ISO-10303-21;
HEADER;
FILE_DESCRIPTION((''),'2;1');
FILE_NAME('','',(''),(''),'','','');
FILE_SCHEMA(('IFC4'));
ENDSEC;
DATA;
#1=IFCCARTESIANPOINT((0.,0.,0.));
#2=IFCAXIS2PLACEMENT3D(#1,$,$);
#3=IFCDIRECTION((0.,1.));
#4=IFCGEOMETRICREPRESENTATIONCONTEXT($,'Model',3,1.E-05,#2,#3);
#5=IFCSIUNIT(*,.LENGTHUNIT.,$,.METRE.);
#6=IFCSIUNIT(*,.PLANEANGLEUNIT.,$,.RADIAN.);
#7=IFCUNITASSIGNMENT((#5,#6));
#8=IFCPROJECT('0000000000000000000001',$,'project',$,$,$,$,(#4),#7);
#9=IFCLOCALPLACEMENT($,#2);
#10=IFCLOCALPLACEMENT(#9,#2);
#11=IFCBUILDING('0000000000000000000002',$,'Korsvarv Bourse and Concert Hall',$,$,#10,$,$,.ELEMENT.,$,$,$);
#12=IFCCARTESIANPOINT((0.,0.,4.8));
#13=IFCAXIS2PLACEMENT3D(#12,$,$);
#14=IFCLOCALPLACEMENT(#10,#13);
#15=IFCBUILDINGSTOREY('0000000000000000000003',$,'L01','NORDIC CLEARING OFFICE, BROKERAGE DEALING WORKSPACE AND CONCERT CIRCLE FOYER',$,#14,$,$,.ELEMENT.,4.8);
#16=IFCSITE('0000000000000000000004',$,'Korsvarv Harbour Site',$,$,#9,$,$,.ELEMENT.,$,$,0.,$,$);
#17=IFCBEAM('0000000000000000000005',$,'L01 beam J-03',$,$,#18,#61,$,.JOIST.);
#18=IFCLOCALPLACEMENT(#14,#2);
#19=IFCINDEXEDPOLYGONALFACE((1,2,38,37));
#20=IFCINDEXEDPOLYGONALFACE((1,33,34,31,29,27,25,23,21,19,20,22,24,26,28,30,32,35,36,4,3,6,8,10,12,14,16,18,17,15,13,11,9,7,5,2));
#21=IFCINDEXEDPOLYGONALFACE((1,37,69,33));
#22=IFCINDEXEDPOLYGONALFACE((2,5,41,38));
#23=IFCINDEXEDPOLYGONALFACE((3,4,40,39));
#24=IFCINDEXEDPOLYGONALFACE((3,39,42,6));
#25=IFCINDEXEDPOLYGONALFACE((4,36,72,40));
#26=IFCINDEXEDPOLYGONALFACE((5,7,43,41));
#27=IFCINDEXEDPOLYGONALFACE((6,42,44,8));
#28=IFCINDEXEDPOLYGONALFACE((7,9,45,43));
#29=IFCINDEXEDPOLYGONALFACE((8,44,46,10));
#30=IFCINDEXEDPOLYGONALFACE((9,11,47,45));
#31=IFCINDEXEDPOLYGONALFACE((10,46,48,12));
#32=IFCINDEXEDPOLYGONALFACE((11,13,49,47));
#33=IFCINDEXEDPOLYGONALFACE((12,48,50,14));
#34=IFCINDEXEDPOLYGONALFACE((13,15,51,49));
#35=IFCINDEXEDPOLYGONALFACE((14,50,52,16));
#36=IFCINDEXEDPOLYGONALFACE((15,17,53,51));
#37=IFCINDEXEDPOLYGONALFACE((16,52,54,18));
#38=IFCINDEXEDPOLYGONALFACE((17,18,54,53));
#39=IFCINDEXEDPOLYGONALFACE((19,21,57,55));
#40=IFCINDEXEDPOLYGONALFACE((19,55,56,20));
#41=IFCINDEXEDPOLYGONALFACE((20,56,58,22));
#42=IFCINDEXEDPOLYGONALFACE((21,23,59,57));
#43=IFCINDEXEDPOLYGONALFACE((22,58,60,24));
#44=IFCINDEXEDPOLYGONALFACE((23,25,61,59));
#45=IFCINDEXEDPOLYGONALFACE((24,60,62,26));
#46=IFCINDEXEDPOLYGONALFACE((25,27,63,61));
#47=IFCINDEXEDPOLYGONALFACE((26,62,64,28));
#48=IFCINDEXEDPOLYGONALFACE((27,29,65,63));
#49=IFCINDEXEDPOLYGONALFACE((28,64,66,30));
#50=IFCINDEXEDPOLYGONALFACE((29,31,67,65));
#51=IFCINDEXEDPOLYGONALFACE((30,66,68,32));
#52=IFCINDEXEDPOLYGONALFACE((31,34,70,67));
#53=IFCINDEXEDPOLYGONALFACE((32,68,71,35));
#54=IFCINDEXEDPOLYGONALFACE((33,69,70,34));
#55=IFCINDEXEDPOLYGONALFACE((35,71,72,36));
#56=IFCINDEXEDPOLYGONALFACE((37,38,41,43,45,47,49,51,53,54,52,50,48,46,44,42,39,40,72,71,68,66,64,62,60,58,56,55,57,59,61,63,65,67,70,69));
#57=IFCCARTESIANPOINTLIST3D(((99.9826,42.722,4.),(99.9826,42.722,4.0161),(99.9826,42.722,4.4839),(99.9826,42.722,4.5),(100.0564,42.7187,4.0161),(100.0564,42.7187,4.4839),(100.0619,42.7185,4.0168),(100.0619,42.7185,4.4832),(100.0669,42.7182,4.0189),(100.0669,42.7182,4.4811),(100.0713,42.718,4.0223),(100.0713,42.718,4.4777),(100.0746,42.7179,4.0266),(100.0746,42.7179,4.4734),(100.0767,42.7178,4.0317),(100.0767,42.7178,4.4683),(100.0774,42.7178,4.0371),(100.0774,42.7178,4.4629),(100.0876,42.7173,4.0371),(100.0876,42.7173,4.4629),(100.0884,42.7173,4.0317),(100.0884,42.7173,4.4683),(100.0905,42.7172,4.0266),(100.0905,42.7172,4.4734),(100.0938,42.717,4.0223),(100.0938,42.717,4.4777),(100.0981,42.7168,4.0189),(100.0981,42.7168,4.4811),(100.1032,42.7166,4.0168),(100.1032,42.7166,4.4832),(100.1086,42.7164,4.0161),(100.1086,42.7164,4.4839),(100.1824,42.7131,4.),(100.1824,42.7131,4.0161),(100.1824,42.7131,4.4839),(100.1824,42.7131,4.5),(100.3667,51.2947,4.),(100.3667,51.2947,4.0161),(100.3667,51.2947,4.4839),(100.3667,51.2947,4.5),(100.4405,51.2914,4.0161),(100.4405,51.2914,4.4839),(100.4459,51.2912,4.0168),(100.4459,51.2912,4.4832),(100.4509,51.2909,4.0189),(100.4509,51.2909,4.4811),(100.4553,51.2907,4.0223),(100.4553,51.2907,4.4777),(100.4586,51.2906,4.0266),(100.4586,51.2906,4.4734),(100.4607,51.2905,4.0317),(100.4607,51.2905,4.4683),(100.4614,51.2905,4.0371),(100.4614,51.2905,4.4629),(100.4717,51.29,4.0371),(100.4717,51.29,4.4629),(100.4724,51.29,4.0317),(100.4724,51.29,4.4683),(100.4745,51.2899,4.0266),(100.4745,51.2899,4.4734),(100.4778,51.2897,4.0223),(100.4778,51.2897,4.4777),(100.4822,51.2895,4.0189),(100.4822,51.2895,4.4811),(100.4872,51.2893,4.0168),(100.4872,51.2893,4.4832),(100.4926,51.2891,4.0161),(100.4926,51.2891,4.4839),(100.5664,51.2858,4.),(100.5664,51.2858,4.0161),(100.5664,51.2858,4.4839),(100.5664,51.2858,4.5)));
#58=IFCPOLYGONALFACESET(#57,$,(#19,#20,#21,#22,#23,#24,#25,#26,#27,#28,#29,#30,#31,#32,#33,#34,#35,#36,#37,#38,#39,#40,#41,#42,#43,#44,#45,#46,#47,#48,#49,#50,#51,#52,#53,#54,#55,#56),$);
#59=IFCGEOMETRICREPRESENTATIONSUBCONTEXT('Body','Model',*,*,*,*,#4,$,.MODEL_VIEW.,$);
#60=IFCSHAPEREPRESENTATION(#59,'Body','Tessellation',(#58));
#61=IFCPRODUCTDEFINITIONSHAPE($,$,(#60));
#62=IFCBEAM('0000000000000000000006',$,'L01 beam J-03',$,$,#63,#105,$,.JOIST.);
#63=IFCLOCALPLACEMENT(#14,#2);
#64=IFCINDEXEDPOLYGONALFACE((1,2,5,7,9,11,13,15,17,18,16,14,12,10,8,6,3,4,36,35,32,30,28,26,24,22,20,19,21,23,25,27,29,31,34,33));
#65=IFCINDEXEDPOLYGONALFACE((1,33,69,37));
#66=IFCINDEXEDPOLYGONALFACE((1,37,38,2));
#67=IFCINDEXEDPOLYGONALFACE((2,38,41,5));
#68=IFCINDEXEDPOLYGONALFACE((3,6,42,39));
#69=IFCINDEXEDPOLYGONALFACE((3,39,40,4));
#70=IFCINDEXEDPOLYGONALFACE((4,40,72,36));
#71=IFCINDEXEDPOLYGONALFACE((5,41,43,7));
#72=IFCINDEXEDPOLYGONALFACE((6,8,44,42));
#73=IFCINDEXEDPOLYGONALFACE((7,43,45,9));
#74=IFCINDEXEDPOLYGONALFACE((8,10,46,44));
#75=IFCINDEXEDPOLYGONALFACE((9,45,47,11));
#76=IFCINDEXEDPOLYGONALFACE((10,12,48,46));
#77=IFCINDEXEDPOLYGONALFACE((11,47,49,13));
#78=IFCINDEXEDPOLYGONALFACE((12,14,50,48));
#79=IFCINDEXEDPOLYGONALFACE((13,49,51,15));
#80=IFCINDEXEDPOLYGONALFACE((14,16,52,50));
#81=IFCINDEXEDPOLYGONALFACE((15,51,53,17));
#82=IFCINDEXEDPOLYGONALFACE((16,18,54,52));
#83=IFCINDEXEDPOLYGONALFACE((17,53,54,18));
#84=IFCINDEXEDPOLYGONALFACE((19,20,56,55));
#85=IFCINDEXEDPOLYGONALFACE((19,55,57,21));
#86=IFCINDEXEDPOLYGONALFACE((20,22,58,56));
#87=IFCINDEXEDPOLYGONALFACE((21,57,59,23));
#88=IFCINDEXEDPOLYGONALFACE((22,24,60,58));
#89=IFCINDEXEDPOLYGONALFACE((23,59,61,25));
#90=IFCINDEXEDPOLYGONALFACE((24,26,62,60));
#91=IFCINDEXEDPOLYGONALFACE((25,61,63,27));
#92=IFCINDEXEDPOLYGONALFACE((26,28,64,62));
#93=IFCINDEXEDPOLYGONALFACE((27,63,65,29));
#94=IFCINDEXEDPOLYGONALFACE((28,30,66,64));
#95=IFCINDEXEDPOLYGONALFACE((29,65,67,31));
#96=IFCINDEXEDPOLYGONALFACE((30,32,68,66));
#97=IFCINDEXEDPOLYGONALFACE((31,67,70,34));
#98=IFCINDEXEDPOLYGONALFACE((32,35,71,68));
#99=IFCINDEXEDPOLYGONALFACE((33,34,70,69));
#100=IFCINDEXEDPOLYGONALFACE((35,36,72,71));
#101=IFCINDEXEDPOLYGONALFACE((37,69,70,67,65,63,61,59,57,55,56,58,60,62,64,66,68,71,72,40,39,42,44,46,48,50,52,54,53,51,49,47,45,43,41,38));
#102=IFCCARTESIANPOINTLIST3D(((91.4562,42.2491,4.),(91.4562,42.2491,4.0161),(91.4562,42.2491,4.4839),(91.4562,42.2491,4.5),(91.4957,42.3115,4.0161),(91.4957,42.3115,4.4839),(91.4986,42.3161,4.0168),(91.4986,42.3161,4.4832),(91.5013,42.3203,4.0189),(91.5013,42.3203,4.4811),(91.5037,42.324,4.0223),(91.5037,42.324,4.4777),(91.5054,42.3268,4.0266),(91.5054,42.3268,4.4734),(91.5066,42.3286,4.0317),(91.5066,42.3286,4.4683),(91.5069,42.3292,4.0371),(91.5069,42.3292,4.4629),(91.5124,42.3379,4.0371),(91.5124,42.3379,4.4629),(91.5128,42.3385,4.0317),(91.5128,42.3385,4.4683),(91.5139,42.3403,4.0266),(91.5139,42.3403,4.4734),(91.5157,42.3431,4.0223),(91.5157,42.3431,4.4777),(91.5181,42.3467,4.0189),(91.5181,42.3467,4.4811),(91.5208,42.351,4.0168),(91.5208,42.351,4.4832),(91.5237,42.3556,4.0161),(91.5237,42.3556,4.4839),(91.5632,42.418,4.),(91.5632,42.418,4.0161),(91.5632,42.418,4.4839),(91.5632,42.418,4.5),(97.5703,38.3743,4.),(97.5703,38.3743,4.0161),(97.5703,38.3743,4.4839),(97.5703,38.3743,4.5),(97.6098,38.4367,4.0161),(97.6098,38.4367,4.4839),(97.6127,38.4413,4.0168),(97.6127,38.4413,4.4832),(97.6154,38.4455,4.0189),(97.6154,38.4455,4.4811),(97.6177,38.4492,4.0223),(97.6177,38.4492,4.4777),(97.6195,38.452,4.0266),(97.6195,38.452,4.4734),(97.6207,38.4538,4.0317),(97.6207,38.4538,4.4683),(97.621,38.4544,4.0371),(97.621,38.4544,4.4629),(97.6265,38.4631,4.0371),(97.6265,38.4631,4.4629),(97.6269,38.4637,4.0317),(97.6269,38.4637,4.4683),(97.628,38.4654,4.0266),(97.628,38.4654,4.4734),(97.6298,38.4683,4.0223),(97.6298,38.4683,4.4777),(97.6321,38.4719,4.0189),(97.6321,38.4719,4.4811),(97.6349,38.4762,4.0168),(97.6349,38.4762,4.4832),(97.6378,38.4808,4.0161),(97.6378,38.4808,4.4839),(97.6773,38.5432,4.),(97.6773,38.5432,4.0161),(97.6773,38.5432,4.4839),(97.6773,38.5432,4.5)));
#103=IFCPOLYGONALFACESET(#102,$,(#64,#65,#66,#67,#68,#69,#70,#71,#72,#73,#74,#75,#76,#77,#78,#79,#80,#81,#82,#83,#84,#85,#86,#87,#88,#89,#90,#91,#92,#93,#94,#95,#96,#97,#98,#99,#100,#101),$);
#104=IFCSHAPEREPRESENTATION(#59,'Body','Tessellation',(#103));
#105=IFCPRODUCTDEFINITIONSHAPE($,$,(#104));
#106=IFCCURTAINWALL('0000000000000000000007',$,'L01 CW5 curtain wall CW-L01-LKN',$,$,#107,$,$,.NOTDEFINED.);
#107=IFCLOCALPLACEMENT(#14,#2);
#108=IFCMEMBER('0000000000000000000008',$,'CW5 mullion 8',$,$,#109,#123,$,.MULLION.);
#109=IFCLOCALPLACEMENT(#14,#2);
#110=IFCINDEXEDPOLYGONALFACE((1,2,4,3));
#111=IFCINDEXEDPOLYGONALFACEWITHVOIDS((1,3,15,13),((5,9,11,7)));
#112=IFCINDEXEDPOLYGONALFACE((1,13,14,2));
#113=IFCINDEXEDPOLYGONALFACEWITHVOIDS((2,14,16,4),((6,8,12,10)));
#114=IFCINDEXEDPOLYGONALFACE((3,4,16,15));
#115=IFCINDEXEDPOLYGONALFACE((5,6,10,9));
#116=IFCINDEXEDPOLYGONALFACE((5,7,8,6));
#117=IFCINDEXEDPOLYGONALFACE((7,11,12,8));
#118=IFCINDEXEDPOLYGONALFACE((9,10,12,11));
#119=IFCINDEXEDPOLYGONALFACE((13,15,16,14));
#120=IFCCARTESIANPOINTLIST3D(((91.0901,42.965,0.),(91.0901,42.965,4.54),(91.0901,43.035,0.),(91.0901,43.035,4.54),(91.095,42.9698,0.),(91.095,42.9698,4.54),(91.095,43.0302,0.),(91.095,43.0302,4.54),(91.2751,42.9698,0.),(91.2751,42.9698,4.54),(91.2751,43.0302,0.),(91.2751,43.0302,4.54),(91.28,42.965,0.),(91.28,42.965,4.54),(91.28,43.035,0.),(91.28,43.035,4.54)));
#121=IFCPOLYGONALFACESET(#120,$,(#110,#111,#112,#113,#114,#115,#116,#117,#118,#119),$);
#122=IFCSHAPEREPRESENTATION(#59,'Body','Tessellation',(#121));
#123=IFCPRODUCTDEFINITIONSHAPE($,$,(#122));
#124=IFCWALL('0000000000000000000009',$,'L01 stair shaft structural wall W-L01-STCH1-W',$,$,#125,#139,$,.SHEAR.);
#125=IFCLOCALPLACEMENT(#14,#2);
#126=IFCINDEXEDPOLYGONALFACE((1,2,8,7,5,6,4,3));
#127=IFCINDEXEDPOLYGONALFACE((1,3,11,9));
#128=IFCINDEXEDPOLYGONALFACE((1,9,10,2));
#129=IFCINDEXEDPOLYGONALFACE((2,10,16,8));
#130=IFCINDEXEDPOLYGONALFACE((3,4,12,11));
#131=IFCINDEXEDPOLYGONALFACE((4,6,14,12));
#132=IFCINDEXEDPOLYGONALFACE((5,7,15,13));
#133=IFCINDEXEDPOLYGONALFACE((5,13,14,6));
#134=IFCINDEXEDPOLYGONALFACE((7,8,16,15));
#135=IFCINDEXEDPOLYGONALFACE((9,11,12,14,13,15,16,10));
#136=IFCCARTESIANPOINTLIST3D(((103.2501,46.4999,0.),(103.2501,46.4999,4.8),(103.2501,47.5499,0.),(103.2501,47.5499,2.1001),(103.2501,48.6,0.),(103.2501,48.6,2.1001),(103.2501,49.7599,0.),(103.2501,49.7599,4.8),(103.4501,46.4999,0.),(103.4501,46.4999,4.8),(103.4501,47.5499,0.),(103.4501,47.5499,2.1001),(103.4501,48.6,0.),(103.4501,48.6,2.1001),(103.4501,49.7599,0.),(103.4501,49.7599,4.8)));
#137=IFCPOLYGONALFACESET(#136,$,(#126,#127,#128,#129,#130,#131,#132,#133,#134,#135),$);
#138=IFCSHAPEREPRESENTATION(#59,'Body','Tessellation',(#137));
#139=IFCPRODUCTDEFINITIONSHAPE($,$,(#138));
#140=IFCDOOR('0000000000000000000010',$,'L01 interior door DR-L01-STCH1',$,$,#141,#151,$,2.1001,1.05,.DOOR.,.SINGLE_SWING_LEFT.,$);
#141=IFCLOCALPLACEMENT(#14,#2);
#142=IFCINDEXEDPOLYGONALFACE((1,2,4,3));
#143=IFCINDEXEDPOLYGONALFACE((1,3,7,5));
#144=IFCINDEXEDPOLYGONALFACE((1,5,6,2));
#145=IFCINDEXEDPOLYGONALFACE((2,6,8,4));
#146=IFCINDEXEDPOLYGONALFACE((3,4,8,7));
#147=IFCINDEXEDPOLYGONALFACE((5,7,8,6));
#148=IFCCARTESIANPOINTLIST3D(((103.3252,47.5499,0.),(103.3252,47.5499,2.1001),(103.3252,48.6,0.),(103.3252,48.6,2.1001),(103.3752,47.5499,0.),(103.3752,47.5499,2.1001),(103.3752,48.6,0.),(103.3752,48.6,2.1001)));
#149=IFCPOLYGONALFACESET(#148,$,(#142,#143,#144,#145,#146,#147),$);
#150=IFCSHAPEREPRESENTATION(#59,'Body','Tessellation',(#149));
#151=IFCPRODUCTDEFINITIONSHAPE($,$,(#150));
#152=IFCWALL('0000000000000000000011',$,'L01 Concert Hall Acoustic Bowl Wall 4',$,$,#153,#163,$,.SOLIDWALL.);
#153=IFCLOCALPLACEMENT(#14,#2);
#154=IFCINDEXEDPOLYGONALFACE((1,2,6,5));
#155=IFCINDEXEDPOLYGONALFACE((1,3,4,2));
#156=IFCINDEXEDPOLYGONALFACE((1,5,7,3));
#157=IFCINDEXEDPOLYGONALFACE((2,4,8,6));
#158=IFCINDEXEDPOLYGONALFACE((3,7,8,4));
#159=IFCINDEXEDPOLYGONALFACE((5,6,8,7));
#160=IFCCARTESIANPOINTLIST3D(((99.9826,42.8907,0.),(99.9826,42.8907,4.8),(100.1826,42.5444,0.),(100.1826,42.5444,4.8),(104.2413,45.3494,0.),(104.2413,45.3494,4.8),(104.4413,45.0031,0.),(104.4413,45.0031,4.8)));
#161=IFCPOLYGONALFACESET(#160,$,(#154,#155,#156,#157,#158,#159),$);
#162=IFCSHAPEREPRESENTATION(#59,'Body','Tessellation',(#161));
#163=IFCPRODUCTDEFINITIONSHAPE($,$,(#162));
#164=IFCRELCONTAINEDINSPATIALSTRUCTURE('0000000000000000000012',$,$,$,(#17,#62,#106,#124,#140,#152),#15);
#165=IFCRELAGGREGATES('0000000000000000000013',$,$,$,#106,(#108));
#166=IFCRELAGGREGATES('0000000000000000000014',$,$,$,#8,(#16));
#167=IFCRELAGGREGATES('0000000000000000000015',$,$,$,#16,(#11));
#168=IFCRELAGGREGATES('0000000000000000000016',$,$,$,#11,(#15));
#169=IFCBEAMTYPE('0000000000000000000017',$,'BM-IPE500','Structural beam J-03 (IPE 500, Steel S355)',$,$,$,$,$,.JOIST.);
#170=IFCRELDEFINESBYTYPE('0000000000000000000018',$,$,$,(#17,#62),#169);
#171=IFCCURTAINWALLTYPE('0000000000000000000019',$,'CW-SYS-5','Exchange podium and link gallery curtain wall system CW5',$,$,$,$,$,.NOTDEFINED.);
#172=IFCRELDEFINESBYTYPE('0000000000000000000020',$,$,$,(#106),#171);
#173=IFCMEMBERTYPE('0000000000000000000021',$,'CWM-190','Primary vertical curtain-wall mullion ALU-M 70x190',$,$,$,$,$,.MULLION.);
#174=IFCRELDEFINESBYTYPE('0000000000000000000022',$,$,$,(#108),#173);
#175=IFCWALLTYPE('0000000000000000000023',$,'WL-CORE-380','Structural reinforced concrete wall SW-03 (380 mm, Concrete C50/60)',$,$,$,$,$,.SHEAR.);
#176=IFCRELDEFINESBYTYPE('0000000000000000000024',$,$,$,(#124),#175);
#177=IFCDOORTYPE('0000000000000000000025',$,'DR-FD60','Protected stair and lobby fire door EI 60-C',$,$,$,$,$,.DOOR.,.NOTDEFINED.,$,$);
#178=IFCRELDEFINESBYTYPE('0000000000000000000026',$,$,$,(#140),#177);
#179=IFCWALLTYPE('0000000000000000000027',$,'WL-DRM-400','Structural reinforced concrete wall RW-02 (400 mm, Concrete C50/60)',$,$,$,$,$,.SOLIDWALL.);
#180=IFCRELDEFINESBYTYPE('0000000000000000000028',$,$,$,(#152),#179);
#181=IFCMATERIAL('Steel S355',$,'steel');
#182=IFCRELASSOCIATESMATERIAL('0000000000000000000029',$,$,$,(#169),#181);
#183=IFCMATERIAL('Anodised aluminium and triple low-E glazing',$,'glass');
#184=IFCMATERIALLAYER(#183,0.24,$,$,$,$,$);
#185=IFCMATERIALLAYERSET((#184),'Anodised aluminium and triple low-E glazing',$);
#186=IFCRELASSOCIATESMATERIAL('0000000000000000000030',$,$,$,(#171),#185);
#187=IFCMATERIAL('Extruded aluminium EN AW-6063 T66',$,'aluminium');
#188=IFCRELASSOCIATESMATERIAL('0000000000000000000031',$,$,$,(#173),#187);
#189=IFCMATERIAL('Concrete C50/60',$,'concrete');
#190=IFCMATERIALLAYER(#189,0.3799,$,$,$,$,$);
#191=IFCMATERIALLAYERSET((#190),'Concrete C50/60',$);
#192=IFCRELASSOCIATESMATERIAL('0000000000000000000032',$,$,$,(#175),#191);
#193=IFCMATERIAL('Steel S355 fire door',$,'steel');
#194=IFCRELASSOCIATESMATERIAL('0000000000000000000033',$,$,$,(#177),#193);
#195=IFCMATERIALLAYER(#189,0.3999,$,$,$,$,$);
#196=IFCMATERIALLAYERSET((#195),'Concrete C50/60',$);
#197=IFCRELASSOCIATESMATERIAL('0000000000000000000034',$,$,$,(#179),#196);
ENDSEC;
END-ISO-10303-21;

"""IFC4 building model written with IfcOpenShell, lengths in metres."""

from ifc_helpers import new_model, si_unit, direction, frame, frame_2d, origin, origin_2d, place, context, subcontext, project, spatial, rectangle, hollow_rectangle, i_section, extrude, source, transform, mapped, material, layer, layer_set, material_profile, profile_set, type_object, element, fill, aggregate, save


model = new_model("IFC4")

# Units and contexts
model_context = context("Model", 3, precision=1e-05, world=origin(), true_north=direction((0.0, 1.0)))
body_context = subcontext(model_context, "Body", "Model", "MODEL_VIEW")
ifc_project = project(units=[si_unit("LENGTHUNIT", "METRE"), si_unit("PLANEANGLEUNIT", "RADIAN")], contexts=[model_context])

# Site, building, storey
site_placement = place(None, origin())
site = spatial("IfcSite", under=ifc_project, at=site_placement, Name="Korsvarv Harbour Site", CompositionType="ELEMENT", RefElevation=0.0)
building_placement = place(site_placement, origin())
building = spatial("IfcBuilding", under=site, at=building_placement, Name="Korsvarv Bourse and Concert Hall", CompositionType="ELEMENT")
storey_placement = place(building_placement, frame((0.0, 0.0, 4.8)))
storey = spatial("IfcBuildingStorey", under=building, at=storey_placement, Name="L01", Description="NORDIC CLEARING OFFICE, BROKERAGE DEALING WORKSPACE AND CONCERT CIRCLE FOYER", CompositionType="ELEMENT", Elevation=4.8)

# Shared definitions
ifc_material_1 = material(Name="Concrete C50/60", Category="concrete")

# Beams
ifc_material_2 = material(Name="Steel S355", Category="steel")
ifc_material_profile_1 = material_profile(ifc_material_2, i_section(OverallWidth=0.2, OverallDepth=0.5, WebThickness=0.0103, FlangeThickness=0.0161, FilletRadius=0.021, at=origin_2d()), Name="IPE 500")
ifc_profile_set_1 = profile_set([ifc_material_profile_1], Name="Steel S355")
beam_type_1 = type_object("IfcBeamType", Name="BM-IPE500", Description="Structural beam J-03 (IPE 500, Steel S355)", PredefinedType="JOIST", material=ifc_profile_set_1)
shared_shape_1 = source(origin(), body_context, "Body", "SweptSolid", [
    extrude(i_section(OverallWidth=0.2, OverallDepth=0.5, WebThickness=0.0103, FlangeThickness=0.0161, FilletRadius=0.021, at=origin_2d()), origin(), (0.0, 0.0, 1.0), 8.5813),
])
beam_1_placement = place(storey_placement, frame((100.0825, 42.7175, 4.25), z_axis=(0.044752, 0.998998, 0.0), x_axis=(-0.998998, 0.044752, 0.0)))
element("IfcBeam", 1, at=beam_1_placement, inside=storey, type_object=beam_type_1, Name="L01 beam J-03", PredefinedType="JOIST", context=body_context, shape_type="MappedRepresentation", body=[
    mapped(shared_shape_1, transform((0.0, 0.0, 0.0), scale=1.0)),
])
shared_shape_2 = source(origin(), body_context, "Body", "SweptSolid", [
    extrude(i_section(OverallWidth=0.2, OverallDepth=0.5, WebThickness=0.0103, FlangeThickness=0.0161, FilletRadius=0.021, at=origin_2d()), origin(), (0.0, 0.0, 1.0), 7.2385),
])
beam_2_placement = place(storey_placement, frame((97.6238, 38.4587, 4.25), z_axis=(-0.84466, 0.535303, 0.0), x_axis=(-0.535303, -0.84466, 0.0)))
element("IfcBeam", 2, at=beam_2_placement, inside=storey, type_object=beam_type_1, Name="L01 beam J-03", PredefinedType="JOIST", context=body_context, shape_type="MappedRepresentation", body=[
    mapped(shared_shape_2, transform((0.0, 0.0, 0.0), scale=1.0)),
])

# Curtain wall, member
ifc_material_3 = material(Name="Anodised aluminium and triple low-E glazing", Category="glass")
ifc_layer_1 = layer(ifc_material_3, 0.24)
ifc_layer_set_1 = layer_set([ifc_layer_1], Name="Anodised aluminium and triple low-E glazing")
curtain_wall_type = type_object("IfcCurtainWallType", Name="CW-SYS-5", Description="Exchange podium and link gallery curtain wall system CW5", PredefinedType="NOTDEFINED", material=ifc_layer_set_1)
curtain_wall_placement = place(storey_placement, origin())
curtain_wall = element("IfcCurtainWall", 3, at=curtain_wall_placement, inside=storey, type_object=curtain_wall_type, Name="L01 CW5 curtain wall CW-L01-LKN", PredefinedType="NOTDEFINED")
ifc_material_4 = material(Name="Extruded aluminium EN AW-6063 T66", Category="aluminium")
ifc_material_profile_2 = material_profile(ifc_material_4, hollow_rectangle(XDim=0.0701, YDim=0.1899, WallThickness=0.0049, at=origin_2d()), Name="ALU-M 70x190")
ifc_profile_set_2 = profile_set([ifc_material_profile_2], Name="Extruded aluminium EN AW-6063 T66")
member_type = type_object("IfcMemberType", Name="CWM-190", Description="Primary vertical curtain-wall mullion ALU-M 70x190", PredefinedType="MULLION", material=ifc_profile_set_2)
shared_shape_3 = source(origin(), body_context, "Body", "SweptSolid", [
    extrude(hollow_rectangle(XDim=0.0701, YDim=0.1899, WallThickness=0.0049, at=origin_2d()), origin(), (0.0, 0.0, 1.0), 4.54),
])
member_placement = place(storey_placement, frame((91.1851, 43.0, 0.0), z_axis=(0.0, 0.0, 1.0), x_axis=(0.0, 1.0, 0.0)))
member = element("IfcMember", 4, at=member_placement, type_object=member_type, Name="CW5 mullion 8", PredefinedType="MULLION", context=body_context, shape_type="MappedRepresentation", body=[
    mapped(shared_shape_3, transform((0.0, 0.0, 0.0), scale=1.0)),
])
aggregate(curtain_wall, [member])

# Wall, opening, door
ifc_layer_2 = layer(ifc_material_1, 0.3799)
ifc_layer_set_2 = layer_set([ifc_layer_2], Name="Concrete C50/60")
wall_type_1 = type_object("IfcWallType", Name="WL-CORE-380", Description="Structural reinforced concrete wall SW-03 (380 mm, Concrete C50/60)", PredefinedType="SHEAR", material=ifc_layer_set_2)
wall_1_placement = place(storey_placement, frame((103.3501, 46.5, 0.0), z_axis=(0.0, 0.0, 1.0), x_axis=(0.0, 1.0, 0.0)))
wall_1 = element("IfcWall", 5, at=wall_1_placement, inside=storey, type_object=wall_type_1, Name="L01 stair shaft structural wall W-L01-STCH1-W", PredefinedType="SHEAR", context=body_context, shape_type="SweptSolid", body=[
    extrude(rectangle(XDim=3.26, YDim=0.2, at=frame_2d((1.6299, 0.0))), origin(), (0.0, 0.0, 1.0), 4.8),
])
opening_1_placement = place(wall_1_placement, frame((1.05, 0.0, 0.0)))
opening_1 = element("IfcOpeningElement", 6, at=opening_1_placement, cuts=wall_1, PredefinedType="OPENING", context=body_context, shape_type="SweptSolid", body=[
    extrude(rectangle(XDim=1.05, YDim=2.1001, at=frame_2d((0.5249, 1.05))), frame((0.0, 0.1099, 0.0), z_axis=(0.0, -1.0, 0.0), x_axis=(1.0, 0.0, 0.0)), (0.0, 0.0, 1.0), 0.22),
])
ifc_material_5 = material(Name="Steel S355 fire door", Category="steel")
door_type_1 = type_object("IfcDoorType", Name="DR-FD60", Description="Protected stair and lobby fire door EI 60-C", OperationType="NOTDEFINED", PredefinedType="DOOR", material=ifc_material_5)
door_1_placement = place(opening_1_placement, origin())
door_1 = element("IfcDoor", 7, at=door_1_placement, inside=storey, type_object=door_type_1, Name="L01 interior door DR-L01-STCH1", OperationType="SINGLE_SWING_LEFT", OverallHeight=2.1001, OverallWidth=1.05, PredefinedType="DOOR", context=body_context, shape_type="SweptSolid", body=[
    extrude(rectangle(XDim=1.05, YDim=2.1001, at=frame_2d((0.5249, 1.05))), frame((0.0, 0.0249, 0.0), z_axis=(0.0, -1.0, 0.0), x_axis=(1.0, 0.0, 0.0)), (0.0, 0.0, 1.0), 0.05),
])
fill(opening_1, door_1)

# Wall
ifc_layer_3 = layer(ifc_material_1, 0.3999)
ifc_layer_set_3 = layer_set([ifc_layer_3], Name="Concrete C50/60")
wall_type_2 = type_object("IfcWallType", Name="WL-DRM-400", Description="Structural reinforced concrete wall RW-02 (400 mm, Concrete C50/60)", PredefinedType="SOLIDWALL", material=ifc_layer_set_3)
wall_2_placement = place(storey_placement, frame((104.3413, 45.1763, 0.0), z_axis=(0.0, 0.0, 1.0), x_axis=(-0.866032, -0.499989, 0.0)))
element("IfcWall", 8, at=wall_2_placement, inside=storey, type_object=wall_type_2, Name="L01 Concert Hall Acoustic Bowl Wall 4", PredefinedType="SOLIDWALL", context=body_context, shape_type="SweptSolid", body=[
    extrude(rectangle(XDim=4.9175, YDim=0.3999, at=frame_2d((2.4587, 0.0))), origin(), (0.0, 0.0, 1.0), 4.8),
])

save(model, "model.ifc")
